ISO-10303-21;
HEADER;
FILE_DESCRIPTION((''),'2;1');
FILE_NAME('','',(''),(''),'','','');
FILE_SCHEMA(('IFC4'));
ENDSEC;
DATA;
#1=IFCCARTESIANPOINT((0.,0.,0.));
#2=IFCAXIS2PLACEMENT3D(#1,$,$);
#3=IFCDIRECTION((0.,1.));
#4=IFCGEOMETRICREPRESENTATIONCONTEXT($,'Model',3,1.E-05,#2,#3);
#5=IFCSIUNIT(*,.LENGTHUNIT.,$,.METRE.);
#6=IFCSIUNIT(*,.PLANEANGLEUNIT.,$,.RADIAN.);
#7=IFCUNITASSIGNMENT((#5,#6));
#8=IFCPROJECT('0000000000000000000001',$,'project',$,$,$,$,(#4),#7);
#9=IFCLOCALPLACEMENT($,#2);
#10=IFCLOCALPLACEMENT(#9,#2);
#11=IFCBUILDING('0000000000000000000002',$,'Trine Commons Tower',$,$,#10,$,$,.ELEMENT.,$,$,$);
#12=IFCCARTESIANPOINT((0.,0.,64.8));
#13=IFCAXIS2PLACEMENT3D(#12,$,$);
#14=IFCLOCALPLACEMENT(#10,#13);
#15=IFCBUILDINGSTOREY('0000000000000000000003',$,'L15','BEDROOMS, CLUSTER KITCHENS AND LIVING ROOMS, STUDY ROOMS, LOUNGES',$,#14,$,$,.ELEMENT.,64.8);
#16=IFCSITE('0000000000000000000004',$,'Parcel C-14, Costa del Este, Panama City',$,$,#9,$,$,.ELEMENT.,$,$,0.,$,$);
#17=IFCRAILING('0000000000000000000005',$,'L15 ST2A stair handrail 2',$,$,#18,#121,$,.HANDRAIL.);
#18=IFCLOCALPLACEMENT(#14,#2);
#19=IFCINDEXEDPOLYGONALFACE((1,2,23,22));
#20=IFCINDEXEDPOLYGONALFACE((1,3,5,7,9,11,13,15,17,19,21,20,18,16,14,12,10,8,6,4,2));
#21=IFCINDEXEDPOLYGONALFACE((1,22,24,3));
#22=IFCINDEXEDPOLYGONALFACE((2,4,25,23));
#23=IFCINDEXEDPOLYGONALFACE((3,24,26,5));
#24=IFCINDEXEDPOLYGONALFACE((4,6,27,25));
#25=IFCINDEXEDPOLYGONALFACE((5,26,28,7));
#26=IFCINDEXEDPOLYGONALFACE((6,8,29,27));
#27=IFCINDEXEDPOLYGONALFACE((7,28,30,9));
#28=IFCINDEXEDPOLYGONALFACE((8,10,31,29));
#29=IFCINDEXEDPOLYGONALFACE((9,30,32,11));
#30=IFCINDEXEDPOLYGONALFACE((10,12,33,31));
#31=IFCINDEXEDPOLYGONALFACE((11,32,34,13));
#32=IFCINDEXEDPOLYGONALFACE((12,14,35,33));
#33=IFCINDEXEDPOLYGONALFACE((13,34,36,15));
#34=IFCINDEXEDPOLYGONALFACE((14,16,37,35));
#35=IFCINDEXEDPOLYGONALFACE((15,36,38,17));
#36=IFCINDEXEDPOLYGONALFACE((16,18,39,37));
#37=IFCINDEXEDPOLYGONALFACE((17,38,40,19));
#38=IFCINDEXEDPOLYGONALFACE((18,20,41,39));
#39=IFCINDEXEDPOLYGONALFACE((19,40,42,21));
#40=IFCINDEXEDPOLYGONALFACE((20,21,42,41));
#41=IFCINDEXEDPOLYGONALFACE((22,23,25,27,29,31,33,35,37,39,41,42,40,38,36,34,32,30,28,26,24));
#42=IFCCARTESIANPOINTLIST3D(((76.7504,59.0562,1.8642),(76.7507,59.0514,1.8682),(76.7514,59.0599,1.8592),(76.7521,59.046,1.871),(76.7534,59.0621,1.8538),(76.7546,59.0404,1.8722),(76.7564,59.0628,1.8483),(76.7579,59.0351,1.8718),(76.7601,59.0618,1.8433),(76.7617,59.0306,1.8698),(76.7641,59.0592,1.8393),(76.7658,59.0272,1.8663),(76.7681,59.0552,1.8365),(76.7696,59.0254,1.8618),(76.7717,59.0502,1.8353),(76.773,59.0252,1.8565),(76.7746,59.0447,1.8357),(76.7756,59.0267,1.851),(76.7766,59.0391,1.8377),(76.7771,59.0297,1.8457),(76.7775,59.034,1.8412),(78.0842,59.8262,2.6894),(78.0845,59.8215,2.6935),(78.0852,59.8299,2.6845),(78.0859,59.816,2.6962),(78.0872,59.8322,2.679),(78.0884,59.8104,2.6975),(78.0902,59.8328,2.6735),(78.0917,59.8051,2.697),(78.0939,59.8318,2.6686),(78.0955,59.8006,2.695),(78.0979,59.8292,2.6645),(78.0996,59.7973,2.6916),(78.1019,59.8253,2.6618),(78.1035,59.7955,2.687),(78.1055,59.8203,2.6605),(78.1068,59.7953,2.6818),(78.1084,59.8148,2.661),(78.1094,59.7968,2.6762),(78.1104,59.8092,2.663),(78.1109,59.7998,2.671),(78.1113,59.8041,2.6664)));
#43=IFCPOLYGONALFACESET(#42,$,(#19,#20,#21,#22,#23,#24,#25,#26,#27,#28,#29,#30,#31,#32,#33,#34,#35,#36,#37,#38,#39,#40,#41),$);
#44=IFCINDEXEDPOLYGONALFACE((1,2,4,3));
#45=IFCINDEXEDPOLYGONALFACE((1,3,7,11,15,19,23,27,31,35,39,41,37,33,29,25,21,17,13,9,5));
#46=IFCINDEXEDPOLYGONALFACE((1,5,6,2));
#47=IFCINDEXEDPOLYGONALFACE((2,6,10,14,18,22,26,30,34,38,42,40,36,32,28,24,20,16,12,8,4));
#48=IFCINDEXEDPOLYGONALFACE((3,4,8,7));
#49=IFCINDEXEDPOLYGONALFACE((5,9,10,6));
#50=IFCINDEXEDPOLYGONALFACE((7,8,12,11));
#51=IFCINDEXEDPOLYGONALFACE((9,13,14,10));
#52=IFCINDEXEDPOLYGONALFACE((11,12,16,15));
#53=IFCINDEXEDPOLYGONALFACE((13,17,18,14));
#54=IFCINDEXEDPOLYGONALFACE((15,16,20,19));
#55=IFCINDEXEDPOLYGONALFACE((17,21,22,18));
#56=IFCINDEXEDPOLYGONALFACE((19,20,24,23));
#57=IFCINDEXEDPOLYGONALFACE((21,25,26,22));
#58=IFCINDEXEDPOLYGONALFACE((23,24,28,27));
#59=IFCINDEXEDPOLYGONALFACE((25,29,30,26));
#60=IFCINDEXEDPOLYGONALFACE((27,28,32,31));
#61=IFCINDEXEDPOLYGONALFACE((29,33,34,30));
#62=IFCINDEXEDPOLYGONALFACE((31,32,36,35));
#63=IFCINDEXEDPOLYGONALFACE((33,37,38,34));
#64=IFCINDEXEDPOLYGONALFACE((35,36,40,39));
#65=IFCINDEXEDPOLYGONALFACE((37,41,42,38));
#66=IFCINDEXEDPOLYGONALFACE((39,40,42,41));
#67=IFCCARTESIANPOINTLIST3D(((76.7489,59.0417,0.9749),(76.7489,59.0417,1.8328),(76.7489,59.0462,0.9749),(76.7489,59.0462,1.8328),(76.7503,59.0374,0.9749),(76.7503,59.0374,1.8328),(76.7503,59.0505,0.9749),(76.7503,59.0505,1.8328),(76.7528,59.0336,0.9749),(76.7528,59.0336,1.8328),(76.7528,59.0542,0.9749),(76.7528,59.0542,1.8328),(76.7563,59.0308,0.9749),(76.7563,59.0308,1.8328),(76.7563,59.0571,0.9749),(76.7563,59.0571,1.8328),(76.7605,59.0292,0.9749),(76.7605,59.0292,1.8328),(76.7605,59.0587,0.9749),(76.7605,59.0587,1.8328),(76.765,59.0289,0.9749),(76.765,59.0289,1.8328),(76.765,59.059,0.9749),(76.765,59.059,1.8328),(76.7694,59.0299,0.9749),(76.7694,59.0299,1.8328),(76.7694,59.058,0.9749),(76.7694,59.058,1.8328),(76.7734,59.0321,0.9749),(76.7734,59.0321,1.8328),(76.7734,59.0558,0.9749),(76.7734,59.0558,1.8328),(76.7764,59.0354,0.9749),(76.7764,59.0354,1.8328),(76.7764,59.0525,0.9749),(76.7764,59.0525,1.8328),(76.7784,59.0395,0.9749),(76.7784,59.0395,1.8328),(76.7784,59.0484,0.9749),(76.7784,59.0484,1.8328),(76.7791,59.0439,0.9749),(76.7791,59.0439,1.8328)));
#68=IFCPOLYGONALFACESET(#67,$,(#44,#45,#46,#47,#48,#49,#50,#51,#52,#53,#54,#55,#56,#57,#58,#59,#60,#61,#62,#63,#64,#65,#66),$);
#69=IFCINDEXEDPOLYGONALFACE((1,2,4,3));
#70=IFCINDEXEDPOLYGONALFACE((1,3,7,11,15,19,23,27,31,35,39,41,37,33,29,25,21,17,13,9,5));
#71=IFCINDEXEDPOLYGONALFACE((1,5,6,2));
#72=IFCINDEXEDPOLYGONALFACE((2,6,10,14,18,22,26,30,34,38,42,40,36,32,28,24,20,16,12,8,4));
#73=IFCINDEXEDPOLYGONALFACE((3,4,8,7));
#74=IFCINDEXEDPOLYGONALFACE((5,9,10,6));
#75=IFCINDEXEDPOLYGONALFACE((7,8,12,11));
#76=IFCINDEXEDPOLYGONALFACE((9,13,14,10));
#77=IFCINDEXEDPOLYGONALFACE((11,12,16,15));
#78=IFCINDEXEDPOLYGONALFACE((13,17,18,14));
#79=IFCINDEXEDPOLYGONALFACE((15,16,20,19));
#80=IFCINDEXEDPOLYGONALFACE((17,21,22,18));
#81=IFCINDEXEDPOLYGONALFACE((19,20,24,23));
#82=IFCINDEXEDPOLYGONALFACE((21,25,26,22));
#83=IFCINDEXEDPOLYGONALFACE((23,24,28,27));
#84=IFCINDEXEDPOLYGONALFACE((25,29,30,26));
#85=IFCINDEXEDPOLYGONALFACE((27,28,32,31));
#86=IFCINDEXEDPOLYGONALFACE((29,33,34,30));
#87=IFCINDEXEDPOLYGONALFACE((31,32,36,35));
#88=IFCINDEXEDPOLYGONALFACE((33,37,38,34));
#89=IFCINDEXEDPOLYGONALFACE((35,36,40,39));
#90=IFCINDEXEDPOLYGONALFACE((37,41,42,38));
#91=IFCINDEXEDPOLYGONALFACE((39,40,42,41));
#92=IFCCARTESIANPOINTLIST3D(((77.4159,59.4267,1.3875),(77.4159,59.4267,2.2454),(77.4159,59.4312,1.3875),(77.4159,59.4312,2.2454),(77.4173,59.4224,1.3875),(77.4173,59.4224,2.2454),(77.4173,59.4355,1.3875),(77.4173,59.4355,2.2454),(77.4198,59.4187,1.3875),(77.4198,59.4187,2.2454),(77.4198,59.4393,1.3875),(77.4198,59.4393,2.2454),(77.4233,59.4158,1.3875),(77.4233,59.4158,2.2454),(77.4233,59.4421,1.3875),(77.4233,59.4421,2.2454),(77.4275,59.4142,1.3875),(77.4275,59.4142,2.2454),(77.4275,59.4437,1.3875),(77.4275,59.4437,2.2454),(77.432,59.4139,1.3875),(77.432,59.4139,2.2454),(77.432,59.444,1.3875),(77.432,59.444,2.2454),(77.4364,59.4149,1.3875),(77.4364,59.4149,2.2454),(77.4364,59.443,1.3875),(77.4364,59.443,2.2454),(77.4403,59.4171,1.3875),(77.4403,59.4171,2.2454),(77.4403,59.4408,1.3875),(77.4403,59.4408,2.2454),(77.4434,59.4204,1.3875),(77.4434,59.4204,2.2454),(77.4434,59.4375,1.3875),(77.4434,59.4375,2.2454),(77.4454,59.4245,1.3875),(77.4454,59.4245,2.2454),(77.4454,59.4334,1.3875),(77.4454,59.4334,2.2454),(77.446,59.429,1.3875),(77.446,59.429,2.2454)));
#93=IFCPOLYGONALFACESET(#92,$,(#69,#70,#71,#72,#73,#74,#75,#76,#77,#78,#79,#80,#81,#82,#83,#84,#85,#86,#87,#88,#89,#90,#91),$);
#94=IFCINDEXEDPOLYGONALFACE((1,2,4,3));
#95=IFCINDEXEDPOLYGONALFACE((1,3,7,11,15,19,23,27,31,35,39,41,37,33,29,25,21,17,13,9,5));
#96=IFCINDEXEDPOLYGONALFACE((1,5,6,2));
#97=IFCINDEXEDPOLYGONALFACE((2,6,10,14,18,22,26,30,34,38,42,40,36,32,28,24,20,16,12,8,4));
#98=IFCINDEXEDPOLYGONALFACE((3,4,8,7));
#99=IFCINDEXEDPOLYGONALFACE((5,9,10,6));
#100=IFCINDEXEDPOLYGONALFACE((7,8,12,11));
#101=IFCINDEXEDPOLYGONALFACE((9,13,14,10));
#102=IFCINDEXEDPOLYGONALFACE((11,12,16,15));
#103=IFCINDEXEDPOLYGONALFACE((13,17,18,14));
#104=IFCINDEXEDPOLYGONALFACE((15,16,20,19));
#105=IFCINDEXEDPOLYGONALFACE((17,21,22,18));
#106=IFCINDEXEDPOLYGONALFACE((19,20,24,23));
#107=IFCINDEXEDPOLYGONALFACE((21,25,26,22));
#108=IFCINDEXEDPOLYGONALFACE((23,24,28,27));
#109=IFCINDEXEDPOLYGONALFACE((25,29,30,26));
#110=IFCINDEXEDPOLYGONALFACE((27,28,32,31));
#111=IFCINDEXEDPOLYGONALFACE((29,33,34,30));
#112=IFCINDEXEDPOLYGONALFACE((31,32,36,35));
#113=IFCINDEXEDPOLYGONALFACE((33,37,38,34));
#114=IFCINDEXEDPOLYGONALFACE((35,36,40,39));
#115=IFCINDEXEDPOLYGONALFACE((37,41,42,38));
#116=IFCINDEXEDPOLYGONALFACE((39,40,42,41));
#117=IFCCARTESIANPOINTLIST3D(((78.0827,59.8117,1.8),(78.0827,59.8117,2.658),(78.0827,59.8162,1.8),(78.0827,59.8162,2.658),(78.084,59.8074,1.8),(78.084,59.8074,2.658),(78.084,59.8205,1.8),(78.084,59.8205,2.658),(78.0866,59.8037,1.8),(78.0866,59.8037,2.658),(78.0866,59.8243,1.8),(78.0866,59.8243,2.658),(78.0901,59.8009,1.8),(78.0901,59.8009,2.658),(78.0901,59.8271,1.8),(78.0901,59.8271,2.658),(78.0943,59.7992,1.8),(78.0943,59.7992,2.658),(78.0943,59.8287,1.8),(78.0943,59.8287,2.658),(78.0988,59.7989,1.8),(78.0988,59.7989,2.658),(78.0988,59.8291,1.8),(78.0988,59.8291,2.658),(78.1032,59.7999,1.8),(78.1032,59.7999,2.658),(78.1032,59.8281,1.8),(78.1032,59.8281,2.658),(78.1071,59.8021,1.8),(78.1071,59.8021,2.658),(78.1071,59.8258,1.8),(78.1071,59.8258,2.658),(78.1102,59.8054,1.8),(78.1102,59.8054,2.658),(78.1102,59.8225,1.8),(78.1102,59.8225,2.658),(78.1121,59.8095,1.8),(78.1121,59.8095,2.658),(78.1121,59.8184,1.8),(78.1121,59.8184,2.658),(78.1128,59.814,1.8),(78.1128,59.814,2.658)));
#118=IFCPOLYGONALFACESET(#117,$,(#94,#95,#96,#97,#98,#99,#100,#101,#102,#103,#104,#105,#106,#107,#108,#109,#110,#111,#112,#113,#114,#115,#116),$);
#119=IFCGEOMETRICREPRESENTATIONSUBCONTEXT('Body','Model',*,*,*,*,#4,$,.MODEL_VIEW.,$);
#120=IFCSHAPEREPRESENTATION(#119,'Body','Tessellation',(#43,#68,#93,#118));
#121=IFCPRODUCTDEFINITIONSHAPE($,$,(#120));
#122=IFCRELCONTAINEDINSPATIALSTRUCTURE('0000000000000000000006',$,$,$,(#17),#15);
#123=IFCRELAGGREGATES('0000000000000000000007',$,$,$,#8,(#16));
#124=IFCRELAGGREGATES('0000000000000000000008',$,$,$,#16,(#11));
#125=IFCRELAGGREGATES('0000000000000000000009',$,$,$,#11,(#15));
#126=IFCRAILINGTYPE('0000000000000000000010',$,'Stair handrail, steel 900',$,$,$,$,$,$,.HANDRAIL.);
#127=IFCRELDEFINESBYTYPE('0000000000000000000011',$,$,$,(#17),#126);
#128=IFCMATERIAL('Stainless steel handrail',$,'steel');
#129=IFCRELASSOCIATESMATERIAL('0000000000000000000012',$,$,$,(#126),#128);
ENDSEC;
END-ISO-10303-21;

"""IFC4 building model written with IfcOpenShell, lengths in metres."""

from ifc_helpers import new_model, si_unit, direction, frame, origin, origin_2d, place, context, subcontext, project, spatial, circle, extrude, material, type_object, element, save


model = new_model("IFC4")

# Units and contexts
model_context = context("Model", 3, precision=1e-05, world=origin(), true_north=direction((0.0, 1.0)))
body_context = subcontext(model_context, "Body", "Model", "MODEL_VIEW")
ifc_project = project(units=[si_unit("LENGTHUNIT", "METRE"), si_unit("PLANEANGLEUNIT", "RADIAN")], contexts=[model_context])

# Site, building, storey
site_placement = place(None, origin())
site = spatial("IfcSite", under=ifc_project, at=site_placement, Name="Parcel C-14, Costa del Este, Panama City", CompositionType="ELEMENT", RefElevation=0.0)
building_placement = place(site_placement, origin())
building = spatial("IfcBuilding", under=site, at=building_placement, Name="Trine Commons Tower", CompositionType="ELEMENT")
storey_placement = place(building_placement, frame((0.0, 0.0, 64.8)))
storey = spatial("IfcBuildingStorey", under=building, at=storey_placement, Name="L15", Description="BEDROOMS, CLUSTER KITCHENS AND LIVING ROOMS, STUDY ROOMS, LOUNGES", CompositionType="ELEMENT", Elevation=64.8)

# Railing
ifc_material_1 = material(Name="Stainless steel handrail", Category="steel")
railing_type_1 = type_object("IfcRailingType", Name="Stair handrail, steel 900", PredefinedType="HANDRAIL", material=ifc_material_1)
railing_1_placement = place(storey_placement, frame((76.7639, 59.0439, 0.9749)))
element("IfcRailing", 1, at=railing_1_placement, inside=storey, type_object=railing_type_1, Name="L15 ST2A stair handrail 2", PredefinedType="HANDRAIL", context=body_context, shape_type="SweptSolid", body=[
    extrude(circle(Radius=0.021, at=origin_2d()), frame((0.0, 0.0, 0.8789), z_axis=(0.763355, 0.440714, 0.472293), x_axis=(-0.499992, 0.86603, 0.0)), (0.0, 0.0, 1.0), 1.7473),
    extrude(circle(Radius=0.0151, at=origin_2d()), origin(), (0.0, 0.0, 1.0), 0.8579),
    extrude(circle(Radius=0.0151, at=origin_2d()), frame((0.667, 0.385, 0.4126)), (0.0, 0.0, 1.0), 0.8579),
    extrude(circle(Radius=0.0151, at=origin_2d()), frame((1.3337, 0.77, 0.8252)), (0.0, 0.0, 1.0), 0.8579),
])

save(model, "model.ifc")
